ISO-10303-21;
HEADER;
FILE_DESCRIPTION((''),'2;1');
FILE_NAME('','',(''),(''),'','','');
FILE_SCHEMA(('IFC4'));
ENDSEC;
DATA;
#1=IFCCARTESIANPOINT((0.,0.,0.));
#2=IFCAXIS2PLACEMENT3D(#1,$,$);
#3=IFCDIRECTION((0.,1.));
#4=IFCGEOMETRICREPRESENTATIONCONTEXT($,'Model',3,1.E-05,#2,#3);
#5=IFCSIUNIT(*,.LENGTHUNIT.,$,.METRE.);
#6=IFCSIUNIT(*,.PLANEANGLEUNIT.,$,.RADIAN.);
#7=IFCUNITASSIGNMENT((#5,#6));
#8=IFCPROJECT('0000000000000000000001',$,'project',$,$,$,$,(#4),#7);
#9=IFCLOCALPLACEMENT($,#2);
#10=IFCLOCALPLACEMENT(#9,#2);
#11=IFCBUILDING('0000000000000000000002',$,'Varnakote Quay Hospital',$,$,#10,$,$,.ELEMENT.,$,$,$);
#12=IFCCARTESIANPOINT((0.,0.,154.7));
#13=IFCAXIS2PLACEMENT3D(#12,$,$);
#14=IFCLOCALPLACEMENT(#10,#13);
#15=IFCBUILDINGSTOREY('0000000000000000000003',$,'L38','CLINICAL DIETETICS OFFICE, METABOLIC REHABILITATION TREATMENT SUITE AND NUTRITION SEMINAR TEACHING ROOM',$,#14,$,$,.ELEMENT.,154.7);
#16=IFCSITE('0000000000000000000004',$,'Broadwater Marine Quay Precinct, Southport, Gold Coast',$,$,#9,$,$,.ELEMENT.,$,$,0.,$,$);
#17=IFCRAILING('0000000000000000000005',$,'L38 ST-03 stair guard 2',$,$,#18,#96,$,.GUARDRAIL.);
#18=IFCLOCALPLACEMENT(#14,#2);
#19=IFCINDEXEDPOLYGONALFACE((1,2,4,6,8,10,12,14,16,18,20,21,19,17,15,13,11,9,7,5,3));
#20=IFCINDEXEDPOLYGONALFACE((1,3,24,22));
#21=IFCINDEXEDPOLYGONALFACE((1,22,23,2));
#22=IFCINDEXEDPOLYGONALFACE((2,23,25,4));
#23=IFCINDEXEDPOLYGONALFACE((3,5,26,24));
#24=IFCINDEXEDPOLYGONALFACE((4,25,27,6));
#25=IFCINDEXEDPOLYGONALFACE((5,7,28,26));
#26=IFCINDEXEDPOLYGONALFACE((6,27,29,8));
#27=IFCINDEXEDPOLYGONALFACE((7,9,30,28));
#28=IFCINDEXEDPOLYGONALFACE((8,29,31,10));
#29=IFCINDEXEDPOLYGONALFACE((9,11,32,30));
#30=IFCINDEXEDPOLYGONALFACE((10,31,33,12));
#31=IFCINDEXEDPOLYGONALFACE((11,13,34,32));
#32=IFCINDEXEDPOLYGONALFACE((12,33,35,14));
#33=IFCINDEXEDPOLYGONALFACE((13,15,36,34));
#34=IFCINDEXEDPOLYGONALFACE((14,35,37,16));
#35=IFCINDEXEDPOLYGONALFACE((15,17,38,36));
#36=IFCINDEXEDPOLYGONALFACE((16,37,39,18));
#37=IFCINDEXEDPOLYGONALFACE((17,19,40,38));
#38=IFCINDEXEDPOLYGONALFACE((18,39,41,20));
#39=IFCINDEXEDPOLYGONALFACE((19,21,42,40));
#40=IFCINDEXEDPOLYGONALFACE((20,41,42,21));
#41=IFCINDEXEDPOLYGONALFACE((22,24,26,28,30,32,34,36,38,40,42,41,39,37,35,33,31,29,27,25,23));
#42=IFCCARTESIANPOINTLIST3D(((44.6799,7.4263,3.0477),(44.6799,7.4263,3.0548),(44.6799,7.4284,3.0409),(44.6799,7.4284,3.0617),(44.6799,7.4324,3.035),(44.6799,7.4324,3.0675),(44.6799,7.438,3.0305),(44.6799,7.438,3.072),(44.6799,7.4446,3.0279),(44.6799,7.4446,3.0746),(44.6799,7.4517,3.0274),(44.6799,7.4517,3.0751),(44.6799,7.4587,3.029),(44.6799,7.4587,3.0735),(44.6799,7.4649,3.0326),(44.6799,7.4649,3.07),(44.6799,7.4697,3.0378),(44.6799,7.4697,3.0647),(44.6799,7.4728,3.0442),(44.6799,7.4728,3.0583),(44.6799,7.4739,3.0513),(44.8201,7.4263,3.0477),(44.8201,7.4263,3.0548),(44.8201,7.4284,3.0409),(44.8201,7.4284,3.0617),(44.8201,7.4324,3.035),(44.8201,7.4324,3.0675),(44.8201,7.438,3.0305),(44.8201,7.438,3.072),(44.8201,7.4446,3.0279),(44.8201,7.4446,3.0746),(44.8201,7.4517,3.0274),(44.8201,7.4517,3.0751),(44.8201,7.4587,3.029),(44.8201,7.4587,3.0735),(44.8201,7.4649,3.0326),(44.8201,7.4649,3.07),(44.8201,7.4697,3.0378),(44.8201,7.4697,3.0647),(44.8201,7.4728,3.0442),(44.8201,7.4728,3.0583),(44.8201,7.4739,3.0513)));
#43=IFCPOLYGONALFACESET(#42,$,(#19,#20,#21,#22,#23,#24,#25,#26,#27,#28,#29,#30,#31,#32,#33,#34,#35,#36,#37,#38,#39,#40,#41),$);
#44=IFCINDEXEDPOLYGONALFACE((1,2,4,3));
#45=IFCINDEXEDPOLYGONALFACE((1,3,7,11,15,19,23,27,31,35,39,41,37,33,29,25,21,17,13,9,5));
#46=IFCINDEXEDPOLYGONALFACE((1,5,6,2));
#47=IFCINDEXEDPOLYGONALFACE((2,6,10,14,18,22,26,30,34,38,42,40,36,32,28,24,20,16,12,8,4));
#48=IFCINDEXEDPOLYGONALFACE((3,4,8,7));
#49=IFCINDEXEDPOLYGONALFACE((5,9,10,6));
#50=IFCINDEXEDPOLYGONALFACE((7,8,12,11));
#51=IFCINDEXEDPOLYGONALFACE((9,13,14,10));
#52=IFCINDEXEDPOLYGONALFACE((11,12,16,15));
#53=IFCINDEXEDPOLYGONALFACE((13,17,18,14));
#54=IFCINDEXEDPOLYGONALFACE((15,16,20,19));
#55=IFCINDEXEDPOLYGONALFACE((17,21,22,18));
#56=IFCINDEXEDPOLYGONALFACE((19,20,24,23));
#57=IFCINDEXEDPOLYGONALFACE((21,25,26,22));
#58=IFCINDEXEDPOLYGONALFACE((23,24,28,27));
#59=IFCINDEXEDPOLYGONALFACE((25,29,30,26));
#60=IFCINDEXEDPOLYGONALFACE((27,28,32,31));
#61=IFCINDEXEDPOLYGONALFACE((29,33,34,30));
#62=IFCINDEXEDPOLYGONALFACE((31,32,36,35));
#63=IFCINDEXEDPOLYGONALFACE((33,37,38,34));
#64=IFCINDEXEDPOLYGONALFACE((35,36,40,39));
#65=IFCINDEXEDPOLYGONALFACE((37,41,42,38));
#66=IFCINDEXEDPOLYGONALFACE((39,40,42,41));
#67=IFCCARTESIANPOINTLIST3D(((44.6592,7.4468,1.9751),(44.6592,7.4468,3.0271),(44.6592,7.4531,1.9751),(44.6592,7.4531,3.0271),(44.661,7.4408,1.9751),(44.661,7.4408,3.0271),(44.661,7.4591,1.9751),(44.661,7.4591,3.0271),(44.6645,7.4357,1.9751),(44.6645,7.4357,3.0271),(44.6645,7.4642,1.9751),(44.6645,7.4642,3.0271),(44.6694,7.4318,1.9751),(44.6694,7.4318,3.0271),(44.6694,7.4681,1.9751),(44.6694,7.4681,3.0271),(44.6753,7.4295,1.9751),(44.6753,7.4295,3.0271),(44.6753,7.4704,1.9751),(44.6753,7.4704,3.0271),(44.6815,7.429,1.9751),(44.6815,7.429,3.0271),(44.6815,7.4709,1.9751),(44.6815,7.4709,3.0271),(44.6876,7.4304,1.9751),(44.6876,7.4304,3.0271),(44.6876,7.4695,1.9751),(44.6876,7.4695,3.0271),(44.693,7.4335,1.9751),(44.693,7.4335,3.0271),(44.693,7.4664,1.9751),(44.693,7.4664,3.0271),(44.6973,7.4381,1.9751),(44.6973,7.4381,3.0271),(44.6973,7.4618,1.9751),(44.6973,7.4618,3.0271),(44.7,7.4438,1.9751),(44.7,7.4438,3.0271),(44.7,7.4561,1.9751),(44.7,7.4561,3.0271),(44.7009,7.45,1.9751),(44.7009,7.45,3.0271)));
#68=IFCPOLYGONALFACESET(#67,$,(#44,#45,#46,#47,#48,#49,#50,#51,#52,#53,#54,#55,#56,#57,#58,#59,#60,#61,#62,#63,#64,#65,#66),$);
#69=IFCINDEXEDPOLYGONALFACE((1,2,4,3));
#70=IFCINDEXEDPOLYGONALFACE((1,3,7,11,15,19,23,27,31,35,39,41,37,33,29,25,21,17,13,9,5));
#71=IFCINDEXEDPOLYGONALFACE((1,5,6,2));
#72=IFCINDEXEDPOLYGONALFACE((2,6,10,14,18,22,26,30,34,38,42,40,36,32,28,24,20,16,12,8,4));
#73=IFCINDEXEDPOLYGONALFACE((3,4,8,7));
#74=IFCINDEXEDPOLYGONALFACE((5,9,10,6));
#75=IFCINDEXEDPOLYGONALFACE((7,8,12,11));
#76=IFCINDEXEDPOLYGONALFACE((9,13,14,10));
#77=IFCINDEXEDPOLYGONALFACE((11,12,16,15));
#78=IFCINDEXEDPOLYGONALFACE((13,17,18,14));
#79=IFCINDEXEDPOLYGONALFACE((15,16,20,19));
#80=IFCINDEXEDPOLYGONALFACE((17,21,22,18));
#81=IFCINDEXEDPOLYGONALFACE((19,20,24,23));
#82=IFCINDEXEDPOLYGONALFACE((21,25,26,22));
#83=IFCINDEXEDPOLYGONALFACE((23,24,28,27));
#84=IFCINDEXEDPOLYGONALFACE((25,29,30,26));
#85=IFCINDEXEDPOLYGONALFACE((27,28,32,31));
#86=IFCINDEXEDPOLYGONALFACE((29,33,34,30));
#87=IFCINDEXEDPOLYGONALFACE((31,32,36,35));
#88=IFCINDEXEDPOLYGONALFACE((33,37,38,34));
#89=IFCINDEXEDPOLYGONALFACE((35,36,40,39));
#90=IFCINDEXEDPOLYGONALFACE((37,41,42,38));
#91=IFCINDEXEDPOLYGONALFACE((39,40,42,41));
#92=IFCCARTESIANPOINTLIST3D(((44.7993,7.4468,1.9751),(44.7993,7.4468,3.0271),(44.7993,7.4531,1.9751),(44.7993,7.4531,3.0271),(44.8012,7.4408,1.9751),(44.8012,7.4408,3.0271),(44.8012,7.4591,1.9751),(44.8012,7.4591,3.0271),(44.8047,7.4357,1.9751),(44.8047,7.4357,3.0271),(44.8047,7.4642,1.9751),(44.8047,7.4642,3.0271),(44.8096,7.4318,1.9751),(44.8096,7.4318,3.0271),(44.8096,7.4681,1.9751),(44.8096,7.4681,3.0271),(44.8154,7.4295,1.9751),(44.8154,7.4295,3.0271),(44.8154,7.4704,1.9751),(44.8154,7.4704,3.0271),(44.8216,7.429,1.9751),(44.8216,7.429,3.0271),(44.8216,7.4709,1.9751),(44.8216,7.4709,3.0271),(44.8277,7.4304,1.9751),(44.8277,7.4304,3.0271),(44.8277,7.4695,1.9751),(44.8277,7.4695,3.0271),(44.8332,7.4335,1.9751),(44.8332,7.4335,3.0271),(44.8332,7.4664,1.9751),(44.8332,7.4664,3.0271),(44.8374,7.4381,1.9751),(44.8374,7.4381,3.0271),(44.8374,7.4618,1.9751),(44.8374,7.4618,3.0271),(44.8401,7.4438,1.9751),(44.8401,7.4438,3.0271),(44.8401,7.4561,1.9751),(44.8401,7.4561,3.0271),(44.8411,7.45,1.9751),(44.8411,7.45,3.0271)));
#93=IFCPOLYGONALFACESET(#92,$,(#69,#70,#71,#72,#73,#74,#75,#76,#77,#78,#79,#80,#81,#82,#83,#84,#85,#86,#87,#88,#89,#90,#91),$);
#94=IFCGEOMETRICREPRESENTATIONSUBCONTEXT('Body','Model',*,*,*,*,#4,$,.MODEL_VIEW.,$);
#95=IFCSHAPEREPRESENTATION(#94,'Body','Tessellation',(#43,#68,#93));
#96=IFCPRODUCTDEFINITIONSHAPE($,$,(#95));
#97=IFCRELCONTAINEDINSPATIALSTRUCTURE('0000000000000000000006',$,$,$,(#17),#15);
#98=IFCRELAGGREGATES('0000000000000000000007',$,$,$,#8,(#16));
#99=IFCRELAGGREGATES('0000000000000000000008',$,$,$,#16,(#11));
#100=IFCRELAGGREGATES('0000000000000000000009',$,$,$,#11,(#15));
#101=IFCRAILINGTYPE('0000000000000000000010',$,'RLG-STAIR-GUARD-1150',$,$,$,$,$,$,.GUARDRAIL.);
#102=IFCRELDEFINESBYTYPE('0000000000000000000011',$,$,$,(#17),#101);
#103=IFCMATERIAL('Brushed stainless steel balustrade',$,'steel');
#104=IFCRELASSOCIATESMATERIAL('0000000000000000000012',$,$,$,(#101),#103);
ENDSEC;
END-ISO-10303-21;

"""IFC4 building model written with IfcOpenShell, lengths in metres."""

from ifc_helpers import new_model, si_unit, direction, frame, origin, origin_2d, place, context, subcontext, project, spatial, circle, extrude, material, type_object, element, save


model = new_model("IFC4")

# Units and contexts
model_context = context("Model", 3, precision=1e-05, world=origin(), true_north=direction((0.0, 1.0)))
body_context = subcontext(model_context, "Body", "Model", "MODEL_VIEW")
ifc_project = project(units=[si_unit("LENGTHUNIT", "METRE"), si_unit("PLANEANGLEUNIT", "RADIAN")], contexts=[model_context])

# Site, building, storey
site_placement = place(None, origin())
site = spatial("IfcSite", under=ifc_project, at=site_placement, Name="Broadwater Marine Quay Precinct, Southport, Gold Coast", CompositionType="ELEMENT", RefElevation=0.0)
building_placement = place(site_placement, origin())
building = spatial("IfcBuilding", under=site, at=building_placement, Name="Varnakote Quay Hospital", CompositionType="ELEMENT")
storey_placement = place(building_placement, frame((0.0, 0.0, 154.7)))
storey = spatial("IfcBuildingStorey", under=building, at=storey_placement, Name="L38", Description="CLINICAL DIETETICS OFFICE, METABOLIC REHABILITATION TREATMENT SUITE AND NUTRITION SEMINAR TEACHING ROOM", CompositionType="ELEMENT", Elevation=154.7)

# Railing
ifc_material_1 = material(Name="Brushed stainless steel balustrade", Category="steel")
railing_type_1 = type_object("IfcRailingType", Name="RLG-STAIR-GUARD-1150", PredefinedType="GUARDRAIL", material=ifc_material_1)
railing_1_placement = place(storey_placement, frame((44.6799, 7.45, 1.9751)))
element("IfcRailing", 1, at=railing_1_placement, inside=storey, type_object=railing_type_1, Name="L38 ST-03 stair guard 2", PredefinedType="GUARDRAIL", context=body_context, shape_type="SweptSolid", body=[
    extrude(circle(Radius=0.0239, at=origin_2d()), frame((0.0, 0.0, 1.0762), z_axis=(1.0, 0.0, 0.0), x_axis=(0.0, 1.0, 0.0)), (0.0, 0.0, 1.0), 0.1401),
    extrude(circle(Radius=0.021, at=origin_2d()), origin(), (0.0, 0.0, 1.0), 1.052),
    extrude(circle(Radius=0.021, at=origin_2d()), frame((0.1401, 0.0, 0.0)), (0.0, 0.0, 1.0), 1.052),
])

save(model, "model.ifc")
